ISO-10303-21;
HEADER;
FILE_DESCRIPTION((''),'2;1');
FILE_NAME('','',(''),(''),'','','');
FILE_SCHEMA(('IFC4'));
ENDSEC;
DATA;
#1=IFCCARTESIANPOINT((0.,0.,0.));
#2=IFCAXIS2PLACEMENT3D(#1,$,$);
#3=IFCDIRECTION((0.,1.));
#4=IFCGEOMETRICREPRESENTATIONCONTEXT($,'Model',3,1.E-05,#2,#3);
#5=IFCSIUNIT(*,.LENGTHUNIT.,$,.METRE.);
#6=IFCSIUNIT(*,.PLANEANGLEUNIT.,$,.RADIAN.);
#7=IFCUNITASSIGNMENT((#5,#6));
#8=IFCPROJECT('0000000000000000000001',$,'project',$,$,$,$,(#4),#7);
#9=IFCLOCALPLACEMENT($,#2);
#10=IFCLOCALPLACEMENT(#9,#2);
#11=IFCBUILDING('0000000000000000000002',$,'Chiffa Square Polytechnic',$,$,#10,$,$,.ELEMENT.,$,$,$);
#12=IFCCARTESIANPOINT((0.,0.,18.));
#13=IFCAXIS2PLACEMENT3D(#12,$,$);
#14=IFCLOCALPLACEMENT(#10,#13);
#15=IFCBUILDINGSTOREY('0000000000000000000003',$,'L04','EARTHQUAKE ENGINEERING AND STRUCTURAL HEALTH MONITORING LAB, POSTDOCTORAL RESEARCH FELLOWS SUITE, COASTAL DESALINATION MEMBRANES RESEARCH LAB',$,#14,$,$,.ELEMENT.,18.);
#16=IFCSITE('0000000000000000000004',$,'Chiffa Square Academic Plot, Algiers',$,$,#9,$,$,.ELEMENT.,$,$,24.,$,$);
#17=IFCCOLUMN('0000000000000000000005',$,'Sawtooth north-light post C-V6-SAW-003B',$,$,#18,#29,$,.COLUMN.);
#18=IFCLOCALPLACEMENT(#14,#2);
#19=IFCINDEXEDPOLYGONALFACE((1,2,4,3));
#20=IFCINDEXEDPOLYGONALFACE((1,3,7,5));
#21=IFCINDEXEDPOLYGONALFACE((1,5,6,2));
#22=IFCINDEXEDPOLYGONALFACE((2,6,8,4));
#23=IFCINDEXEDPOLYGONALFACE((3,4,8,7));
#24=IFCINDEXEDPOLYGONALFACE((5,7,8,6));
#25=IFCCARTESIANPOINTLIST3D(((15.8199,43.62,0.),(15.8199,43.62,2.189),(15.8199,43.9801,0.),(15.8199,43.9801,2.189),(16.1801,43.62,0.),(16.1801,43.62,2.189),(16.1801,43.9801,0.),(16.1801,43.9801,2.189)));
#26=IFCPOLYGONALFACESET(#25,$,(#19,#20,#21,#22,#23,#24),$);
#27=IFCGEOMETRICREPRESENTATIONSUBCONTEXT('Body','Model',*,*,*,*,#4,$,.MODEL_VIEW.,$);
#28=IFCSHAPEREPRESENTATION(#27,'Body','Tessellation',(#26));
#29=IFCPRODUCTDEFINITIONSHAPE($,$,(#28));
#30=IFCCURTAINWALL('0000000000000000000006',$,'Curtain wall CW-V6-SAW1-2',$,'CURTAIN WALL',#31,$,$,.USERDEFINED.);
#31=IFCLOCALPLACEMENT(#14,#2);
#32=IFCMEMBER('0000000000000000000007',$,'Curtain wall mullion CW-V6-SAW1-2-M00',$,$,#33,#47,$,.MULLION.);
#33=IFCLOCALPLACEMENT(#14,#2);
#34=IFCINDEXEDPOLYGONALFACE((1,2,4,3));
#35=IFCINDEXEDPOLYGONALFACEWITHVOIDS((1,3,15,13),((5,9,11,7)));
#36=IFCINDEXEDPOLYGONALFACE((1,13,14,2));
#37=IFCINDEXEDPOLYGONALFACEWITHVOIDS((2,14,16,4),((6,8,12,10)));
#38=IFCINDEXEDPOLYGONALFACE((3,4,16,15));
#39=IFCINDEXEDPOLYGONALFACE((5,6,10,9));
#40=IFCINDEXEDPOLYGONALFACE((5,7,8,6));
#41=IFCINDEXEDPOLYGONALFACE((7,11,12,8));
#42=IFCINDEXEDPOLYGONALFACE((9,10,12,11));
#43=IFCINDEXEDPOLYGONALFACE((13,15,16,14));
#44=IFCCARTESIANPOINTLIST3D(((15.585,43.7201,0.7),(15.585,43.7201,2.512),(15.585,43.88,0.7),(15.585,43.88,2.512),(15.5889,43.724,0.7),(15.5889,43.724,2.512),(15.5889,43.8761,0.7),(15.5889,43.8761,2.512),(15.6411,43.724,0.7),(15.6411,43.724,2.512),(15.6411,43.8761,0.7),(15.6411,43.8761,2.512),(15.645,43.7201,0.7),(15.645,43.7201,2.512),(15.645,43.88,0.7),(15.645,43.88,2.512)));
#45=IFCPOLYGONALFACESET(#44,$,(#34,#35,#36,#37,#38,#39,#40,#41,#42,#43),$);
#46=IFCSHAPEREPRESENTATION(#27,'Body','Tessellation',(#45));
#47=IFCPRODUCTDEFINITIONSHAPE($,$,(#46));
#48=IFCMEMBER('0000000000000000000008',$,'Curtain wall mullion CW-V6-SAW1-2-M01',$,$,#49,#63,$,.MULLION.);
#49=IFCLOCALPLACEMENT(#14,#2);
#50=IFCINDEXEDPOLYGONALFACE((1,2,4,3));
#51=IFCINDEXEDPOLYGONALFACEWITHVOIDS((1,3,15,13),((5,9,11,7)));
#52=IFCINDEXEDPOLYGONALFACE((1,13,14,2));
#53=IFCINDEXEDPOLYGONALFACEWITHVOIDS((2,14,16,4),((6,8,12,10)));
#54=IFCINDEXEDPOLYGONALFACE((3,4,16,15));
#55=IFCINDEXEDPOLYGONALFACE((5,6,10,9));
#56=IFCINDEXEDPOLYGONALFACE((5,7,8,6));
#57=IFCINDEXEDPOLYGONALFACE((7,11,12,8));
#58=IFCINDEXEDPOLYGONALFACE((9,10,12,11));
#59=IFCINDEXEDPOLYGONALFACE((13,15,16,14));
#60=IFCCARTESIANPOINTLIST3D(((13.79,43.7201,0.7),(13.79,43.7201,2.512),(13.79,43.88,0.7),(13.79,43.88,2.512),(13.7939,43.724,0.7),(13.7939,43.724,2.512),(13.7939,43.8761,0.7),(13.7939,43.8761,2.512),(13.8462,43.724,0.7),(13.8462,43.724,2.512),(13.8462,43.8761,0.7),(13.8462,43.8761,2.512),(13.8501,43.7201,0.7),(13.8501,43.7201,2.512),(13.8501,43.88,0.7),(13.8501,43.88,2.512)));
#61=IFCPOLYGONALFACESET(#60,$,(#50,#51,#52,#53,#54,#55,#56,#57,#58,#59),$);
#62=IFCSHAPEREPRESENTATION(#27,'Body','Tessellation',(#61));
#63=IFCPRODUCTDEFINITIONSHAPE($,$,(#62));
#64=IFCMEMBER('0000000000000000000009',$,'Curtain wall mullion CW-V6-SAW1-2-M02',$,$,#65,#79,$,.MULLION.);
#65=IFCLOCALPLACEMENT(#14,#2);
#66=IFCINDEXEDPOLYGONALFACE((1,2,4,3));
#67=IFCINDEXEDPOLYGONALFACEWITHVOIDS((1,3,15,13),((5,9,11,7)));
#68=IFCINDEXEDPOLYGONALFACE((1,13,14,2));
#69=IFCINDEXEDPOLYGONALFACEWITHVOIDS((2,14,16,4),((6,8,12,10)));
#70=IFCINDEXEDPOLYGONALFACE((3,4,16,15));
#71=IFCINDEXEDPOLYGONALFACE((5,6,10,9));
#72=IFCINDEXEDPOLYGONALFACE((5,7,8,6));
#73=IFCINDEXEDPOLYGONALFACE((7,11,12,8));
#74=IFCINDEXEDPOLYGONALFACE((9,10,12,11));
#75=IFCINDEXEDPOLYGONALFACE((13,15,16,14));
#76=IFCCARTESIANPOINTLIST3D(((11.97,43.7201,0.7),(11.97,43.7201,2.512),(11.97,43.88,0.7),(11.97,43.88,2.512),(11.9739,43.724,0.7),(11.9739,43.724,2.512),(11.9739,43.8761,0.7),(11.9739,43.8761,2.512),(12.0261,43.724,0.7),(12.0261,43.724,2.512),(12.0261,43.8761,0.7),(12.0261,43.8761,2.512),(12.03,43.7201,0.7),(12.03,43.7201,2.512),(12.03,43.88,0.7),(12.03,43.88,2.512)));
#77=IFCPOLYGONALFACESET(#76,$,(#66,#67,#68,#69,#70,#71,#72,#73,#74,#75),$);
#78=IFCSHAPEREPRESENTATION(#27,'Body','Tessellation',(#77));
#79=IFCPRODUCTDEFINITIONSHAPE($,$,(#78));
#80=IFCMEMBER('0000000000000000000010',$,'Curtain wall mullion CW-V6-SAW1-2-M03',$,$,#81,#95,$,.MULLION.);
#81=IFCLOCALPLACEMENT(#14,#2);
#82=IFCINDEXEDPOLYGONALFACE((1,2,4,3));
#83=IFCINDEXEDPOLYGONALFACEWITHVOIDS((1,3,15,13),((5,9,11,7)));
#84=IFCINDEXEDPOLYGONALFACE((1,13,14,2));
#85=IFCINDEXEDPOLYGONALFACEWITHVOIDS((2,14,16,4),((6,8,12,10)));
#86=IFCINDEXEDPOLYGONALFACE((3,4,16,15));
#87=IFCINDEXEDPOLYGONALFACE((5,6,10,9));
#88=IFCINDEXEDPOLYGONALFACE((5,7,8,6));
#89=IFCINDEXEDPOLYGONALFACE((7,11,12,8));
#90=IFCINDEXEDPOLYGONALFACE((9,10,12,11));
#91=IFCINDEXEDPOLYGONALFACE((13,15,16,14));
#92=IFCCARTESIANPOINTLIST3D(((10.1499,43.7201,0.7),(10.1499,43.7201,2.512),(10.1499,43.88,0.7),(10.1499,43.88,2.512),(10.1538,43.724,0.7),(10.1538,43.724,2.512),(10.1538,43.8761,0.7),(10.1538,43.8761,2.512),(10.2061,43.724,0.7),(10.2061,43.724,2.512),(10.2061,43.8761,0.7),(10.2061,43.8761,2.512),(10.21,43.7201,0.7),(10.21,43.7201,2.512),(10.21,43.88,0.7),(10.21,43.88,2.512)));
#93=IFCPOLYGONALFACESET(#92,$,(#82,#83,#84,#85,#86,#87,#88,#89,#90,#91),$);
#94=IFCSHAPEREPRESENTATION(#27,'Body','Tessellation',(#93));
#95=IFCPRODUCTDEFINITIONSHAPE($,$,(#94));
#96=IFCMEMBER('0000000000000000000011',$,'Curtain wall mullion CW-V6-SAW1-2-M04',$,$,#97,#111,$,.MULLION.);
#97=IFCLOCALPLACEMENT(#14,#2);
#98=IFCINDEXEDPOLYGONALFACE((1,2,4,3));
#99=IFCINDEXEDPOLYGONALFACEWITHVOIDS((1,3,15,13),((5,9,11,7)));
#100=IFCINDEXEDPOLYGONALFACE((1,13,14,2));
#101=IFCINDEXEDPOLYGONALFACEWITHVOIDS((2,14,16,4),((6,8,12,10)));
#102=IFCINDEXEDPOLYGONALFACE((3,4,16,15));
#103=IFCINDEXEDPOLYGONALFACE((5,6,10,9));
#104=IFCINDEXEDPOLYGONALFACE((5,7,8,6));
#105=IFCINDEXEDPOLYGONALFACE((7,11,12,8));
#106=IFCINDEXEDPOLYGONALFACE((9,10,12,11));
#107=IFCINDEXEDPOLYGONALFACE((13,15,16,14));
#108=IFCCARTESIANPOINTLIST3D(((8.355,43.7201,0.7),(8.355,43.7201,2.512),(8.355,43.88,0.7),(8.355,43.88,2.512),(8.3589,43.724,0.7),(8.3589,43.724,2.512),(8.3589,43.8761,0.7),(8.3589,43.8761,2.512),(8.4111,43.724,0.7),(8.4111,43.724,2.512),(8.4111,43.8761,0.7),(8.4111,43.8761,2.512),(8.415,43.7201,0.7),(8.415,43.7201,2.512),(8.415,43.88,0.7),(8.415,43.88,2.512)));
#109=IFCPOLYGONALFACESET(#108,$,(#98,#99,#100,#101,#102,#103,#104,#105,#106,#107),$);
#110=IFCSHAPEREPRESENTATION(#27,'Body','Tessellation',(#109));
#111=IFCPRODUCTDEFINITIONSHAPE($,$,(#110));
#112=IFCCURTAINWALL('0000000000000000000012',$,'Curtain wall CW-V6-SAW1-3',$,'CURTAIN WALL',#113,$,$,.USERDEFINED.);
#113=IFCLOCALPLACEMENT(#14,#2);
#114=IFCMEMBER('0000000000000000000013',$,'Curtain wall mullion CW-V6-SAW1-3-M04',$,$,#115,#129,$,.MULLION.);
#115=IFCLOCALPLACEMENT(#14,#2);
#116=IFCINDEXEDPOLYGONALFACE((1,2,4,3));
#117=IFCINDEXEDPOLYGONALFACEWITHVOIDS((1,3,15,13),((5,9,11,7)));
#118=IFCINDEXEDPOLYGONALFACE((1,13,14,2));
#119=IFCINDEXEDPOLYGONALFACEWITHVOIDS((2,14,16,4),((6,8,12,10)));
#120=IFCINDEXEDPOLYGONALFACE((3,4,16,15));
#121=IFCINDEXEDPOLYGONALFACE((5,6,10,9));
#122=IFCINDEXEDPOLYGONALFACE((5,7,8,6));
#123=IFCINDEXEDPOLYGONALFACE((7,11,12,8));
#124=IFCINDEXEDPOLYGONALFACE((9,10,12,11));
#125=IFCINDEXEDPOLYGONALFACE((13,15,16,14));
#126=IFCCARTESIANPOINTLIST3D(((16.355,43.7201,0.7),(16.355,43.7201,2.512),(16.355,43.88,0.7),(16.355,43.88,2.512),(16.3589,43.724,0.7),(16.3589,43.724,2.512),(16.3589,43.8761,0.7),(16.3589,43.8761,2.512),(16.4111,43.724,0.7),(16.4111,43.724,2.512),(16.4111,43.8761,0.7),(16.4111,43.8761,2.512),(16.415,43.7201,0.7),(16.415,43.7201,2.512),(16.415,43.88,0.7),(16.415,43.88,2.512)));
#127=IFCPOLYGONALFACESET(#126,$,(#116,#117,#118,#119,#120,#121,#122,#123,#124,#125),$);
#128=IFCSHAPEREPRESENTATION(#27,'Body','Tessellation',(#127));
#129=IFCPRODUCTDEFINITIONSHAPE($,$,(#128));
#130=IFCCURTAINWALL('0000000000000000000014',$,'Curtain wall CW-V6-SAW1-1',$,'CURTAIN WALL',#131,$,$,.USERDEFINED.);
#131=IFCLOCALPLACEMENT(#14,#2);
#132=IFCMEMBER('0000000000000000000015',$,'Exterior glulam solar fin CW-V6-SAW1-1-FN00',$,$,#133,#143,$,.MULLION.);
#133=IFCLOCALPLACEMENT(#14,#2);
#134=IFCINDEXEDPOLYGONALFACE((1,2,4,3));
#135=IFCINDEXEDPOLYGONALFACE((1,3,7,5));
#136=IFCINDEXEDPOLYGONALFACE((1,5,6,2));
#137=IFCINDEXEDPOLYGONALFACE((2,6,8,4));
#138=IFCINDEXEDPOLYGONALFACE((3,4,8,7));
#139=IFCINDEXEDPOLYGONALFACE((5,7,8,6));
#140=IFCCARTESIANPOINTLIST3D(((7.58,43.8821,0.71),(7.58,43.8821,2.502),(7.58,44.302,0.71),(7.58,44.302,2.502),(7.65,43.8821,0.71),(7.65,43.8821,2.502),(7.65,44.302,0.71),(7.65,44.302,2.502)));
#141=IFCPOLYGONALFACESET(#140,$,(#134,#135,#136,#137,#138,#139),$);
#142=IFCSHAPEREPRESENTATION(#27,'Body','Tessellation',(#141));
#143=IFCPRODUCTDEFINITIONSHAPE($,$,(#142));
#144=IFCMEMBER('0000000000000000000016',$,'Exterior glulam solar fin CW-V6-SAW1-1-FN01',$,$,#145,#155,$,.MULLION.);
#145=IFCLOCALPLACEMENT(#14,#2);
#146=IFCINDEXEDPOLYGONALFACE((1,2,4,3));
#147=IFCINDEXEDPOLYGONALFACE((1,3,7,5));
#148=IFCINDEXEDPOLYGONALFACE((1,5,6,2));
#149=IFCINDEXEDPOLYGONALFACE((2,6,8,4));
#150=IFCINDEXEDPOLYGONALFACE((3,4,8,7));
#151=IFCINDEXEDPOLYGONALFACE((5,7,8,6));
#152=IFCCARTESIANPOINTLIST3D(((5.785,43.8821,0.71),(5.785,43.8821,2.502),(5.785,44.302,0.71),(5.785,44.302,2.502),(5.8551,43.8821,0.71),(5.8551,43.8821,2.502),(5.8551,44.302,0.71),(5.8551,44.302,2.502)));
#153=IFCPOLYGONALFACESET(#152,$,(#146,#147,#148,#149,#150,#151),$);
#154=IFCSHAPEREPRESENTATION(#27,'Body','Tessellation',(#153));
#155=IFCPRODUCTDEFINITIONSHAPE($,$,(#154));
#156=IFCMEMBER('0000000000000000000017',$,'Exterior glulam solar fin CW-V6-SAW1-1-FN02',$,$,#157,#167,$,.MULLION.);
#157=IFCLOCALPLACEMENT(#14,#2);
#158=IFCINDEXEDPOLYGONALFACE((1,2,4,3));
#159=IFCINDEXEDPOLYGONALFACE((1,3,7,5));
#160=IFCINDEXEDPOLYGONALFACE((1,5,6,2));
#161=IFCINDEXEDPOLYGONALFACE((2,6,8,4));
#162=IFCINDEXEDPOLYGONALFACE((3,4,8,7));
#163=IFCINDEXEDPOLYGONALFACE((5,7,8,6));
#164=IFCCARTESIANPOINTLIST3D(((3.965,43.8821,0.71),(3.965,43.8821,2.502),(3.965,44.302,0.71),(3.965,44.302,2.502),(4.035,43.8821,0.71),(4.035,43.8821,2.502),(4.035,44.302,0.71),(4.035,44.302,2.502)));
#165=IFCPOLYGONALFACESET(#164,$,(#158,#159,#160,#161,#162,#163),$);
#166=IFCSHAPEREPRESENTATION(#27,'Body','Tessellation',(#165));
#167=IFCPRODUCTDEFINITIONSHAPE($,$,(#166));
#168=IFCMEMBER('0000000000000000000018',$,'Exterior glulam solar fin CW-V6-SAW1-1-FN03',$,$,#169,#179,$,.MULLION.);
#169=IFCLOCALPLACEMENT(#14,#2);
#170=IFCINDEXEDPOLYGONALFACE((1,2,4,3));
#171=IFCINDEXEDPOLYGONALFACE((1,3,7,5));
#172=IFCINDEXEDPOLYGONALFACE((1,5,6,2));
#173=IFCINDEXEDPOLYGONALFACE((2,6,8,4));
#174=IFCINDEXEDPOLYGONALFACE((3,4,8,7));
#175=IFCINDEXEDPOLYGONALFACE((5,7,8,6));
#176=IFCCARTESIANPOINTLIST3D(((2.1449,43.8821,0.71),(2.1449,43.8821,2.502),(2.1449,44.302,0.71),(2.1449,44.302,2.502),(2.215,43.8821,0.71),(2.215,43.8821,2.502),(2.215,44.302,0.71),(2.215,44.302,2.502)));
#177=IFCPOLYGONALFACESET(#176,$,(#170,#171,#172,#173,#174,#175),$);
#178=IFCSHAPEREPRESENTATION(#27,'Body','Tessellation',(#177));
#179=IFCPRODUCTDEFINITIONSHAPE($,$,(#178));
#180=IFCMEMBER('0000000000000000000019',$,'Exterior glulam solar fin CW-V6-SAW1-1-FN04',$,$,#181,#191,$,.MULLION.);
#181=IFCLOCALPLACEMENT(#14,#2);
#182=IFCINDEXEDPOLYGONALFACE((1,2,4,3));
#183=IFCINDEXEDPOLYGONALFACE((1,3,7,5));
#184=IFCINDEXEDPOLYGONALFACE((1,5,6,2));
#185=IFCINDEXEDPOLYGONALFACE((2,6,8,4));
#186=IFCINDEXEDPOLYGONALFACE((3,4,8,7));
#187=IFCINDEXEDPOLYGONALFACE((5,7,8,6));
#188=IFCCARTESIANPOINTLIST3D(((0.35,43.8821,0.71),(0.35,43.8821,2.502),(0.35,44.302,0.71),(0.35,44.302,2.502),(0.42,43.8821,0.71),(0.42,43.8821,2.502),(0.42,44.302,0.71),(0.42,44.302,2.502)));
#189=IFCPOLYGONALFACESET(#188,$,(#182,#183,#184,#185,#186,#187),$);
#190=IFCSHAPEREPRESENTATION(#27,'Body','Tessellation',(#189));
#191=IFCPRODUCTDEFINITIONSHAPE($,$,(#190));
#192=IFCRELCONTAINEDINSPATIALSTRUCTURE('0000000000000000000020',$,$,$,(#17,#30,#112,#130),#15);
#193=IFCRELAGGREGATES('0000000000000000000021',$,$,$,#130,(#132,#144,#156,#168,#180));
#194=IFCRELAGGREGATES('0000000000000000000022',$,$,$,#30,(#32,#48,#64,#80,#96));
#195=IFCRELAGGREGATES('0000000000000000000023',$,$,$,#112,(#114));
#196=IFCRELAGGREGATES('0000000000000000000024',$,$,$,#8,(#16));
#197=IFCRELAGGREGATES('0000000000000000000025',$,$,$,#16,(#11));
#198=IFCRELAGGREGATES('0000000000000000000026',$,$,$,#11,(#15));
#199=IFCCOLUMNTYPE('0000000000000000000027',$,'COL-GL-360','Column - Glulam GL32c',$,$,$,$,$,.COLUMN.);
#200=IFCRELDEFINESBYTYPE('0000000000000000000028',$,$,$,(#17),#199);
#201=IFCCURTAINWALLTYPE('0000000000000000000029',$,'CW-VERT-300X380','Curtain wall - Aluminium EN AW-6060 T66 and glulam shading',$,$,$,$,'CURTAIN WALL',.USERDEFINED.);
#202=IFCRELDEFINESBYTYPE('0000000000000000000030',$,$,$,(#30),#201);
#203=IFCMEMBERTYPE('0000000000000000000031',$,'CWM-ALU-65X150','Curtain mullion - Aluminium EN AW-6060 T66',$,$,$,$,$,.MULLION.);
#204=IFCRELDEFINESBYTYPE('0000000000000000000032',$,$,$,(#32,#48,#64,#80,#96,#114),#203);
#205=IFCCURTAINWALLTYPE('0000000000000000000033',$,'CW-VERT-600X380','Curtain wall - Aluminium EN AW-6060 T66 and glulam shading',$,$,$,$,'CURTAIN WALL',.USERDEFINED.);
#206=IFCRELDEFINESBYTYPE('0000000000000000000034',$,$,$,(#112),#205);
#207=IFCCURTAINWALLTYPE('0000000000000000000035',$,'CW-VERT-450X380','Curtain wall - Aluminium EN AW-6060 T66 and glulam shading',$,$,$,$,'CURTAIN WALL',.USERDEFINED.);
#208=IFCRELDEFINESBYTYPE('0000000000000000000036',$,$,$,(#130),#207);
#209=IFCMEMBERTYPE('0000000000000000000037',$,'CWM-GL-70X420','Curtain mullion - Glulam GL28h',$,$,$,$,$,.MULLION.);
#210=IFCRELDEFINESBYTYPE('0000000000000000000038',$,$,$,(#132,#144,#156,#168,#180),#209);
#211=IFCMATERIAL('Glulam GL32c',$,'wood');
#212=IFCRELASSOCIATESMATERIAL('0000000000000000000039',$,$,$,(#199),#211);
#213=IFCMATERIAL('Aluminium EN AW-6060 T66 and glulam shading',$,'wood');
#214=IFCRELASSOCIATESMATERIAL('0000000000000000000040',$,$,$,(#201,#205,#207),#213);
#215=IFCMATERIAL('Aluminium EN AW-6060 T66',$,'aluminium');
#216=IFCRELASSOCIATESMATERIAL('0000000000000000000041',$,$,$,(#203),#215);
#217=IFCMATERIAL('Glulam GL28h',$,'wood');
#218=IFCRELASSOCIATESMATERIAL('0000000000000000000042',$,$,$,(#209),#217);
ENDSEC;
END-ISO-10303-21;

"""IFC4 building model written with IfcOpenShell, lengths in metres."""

from ifc_helpers import new_model, si_unit, direction, frame, origin, origin_2d, place, context, subcontext, project, spatial, rectangle, hollow_rectangle, extrude, material, material_profile, profile_set, type_object, element, aggregate, save


model = new_model("IFC4")

# Units and contexts
model_context = context("Model", 3, precision=1e-05, world=origin(), true_north=direction((0.0, 1.0)))
body_context = subcontext(model_context, "Body", "Model", "MODEL_VIEW")
ifc_project = project(units=[si_unit("LENGTHUNIT", "METRE"), si_unit("PLANEANGLEUNIT", "RADIAN")], contexts=[model_context])

# Site, building, storey
site_placement = place(None, origin())
site = spatial("IfcSite", under=ifc_project, at=site_placement, Name="Chiffa Square Academic Plot, Algiers", CompositionType="ELEMENT", RefElevation=24.0)
building_placement = place(site_placement, origin())
building = spatial("IfcBuilding", under=site, at=building_placement, Name="Chiffa Square Polytechnic", CompositionType="ELEMENT")
storey_placement = place(building_placement, frame((0.0, 0.0, 18.0)))
storey = spatial("IfcBuildingStorey", under=building, at=storey_placement, Name="L04", Description="EARTHQUAKE ENGINEERING AND STRUCTURAL HEALTH MONITORING LAB, POSTDOCTORAL RESEARCH FELLOWS SUITE, COASTAL DESALINATION MEMBRANES RESEARCH LAB", CompositionType="ELEMENT", Elevation=18.0)

# Column
ifc_material_1 = material(Name="Glulam GL32c", Category="wood")
ifc_material_profile_1 = material_profile(ifc_material_1, rectangle(XDim=0.3601, YDim=0.3601, at=origin_2d()), Name="GL32c 360x360")
ifc_profile_set_1 = profile_set([ifc_material_profile_1], Name="Glulam GL32c")
column_type = type_object("IfcColumnType", Name="COL-GL-360", Description="Column - Glulam GL32c", PredefinedType="COLUMN", material=ifc_profile_set_1)
column_placement = place(storey_placement, frame((16.0, 43.8, 0.0), z_axis=(0.0, 0.0, 1.0), x_axis=(1.0, 0.0, 0.0)))
element("IfcColumn", 1, at=column_placement, inside=storey, type_object=column_type, Name="Sawtooth north-light post C-V6-SAW-003B", PredefinedType="COLUMN", context=body_context, shape_type="SweptSolid", body=[
    extrude(rectangle(XDim=0.3601, YDim=0.3601, at=origin_2d()), origin(), (0.0, 0.0, 1.0), 2.189),
])

# Curtain wall, members
ifc_material_2 = material(Name="Aluminium EN AW-6060 T66 and glulam shading", Category="wood")
curtain_wall_type_1 = type_object("IfcCurtainWallType", Name="CW-VERT-300X380", Description="Curtain wall - Aluminium EN AW-6060 T66 and glulam shading", ElementType="CURTAIN WALL", PredefinedType="USERDEFINED", material=ifc_material_2)
curtain_wall_1_placement = place(storey_placement, origin())
curtain_wall_1 = element("IfcCurtainWall", 2, at=curtain_wall_1_placement, inside=storey, type_object=curtain_wall_type_1, Name="Curtain wall CW-V6-SAW1-2", ObjectType="CURTAIN WALL", PredefinedType="USERDEFINED")
ifc_material_3 = material(Name="Aluminium EN AW-6060 T66", Category="aluminium")
ifc_material_profile_2 = material_profile(ifc_material_3, hollow_rectangle(XDim=0.0601, YDim=0.1599, WallThickness=0.0039, at=origin_2d()), Name="ALU 60x160x4")
ifc_profile_set_2 = profile_set([ifc_material_profile_2], Name="Aluminium EN AW-6060 T66")
member_type_1 = type_object("IfcMemberType", Name="CWM-ALU-65X150", Description="Curtain mullion - Aluminium EN AW-6060 T66", PredefinedType="MULLION", material=ifc_profile_set_2)
member_1_placement = place(storey_placement, frame((15.615, 43.8, 0.7), z_axis=(0.0, 0.0, 1.0), x_axis=(1.0, 0.0, 0.0)))
member_1 = element("IfcMember", 3, at=member_1_placement, type_object=member_type_1, Name="Curtain wall mullion CW-V6-SAW1-2-M00", PredefinedType="MULLION", context=body_context, shape_type="SweptSolid", body=[
    extrude(hollow_rectangle(XDim=0.0601, YDim=0.1599, WallThickness=0.0039, at=origin_2d()), origin(), (0.0, 0.0, 1.0), 1.812),
])
member_2_placement = place(storey_placement, frame((13.8201, 43.8, 0.7), z_axis=(0.0, 0.0, 1.0), x_axis=(1.0, 0.0, 0.0)))
member_2 = element("IfcMember", 4, at=member_2_placement, type_object=member_type_1, Name="Curtain wall mullion CW-V6-SAW1-2-M01", PredefinedType="MULLION", context=body_context, shape_type="SweptSolid", body=[
    extrude(hollow_rectangle(XDim=0.0601, YDim=0.1599, WallThickness=0.0039, at=origin_2d()), origin(), (0.0, 0.0, 1.0), 1.812),
])
member_3_placement = place(storey_placement, frame((12.0, 43.8, 0.7), z_axis=(0.0, 0.0, 1.0), x_axis=(1.0, 0.0, 0.0)))
member_3 = element("IfcMember", 5, at=member_3_placement, type_object=member_type_1, Name="Curtain wall mullion CW-V6-SAW1-2-M02", PredefinedType="MULLION", context=body_context, shape_type="SweptSolid", body=[
    extrude(hollow_rectangle(XDim=0.0601, YDim=0.1599, WallThickness=0.0039, at=origin_2d()), origin(), (0.0, 0.0, 1.0), 1.812),
])
member_4_placement = place(storey_placement, frame((10.1799, 43.8, 0.7), z_axis=(0.0, 0.0, 1.0), x_axis=(1.0, 0.0, 0.0)))
member_4 = element("IfcMember", 6, at=member_4_placement, type_object=member_type_1, Name="Curtain wall mullion CW-V6-SAW1-2-M03", PredefinedType="MULLION", context=body_context, shape_type="SweptSolid", body=[
    extrude(hollow_rectangle(XDim=0.0601, YDim=0.1599, WallThickness=0.0039, at=origin_2d()), origin(), (0.0, 0.0, 1.0), 1.812),
])
member_5_placement = place(storey_placement, frame((8.385, 43.8, 0.7), z_axis=(0.0, 0.0, 1.0), x_axis=(1.0, 0.0, 0.0)))
member_5 = element("IfcMember", 7, at=member_5_placement, type_object=member_type_1, Name="Curtain wall mullion CW-V6-SAW1-2-M04", PredefinedType="MULLION", context=body_context, shape_type="SweptSolid", body=[
    extrude(hollow_rectangle(XDim=0.0601, YDim=0.1599, WallThickness=0.0039, at=origin_2d()), origin(), (0.0, 0.0, 1.0), 1.812),
])

# Curtain wall, member
curtain_wall_type_2 = type_object("IfcCurtainWallType", Name="CW-VERT-600X380", Description="Curtain wall - Aluminium EN AW-6060 T66 and glulam shading", ElementType="CURTAIN WALL", PredefinedType="USERDEFINED", material=ifc_material_2)
curtain_wall_2_placement = place(storey_placement, origin())
curtain_wall_2 = element("IfcCurtainWall", 8, at=curtain_wall_2_placement, inside=storey, type_object=curtain_wall_type_2, Name="Curtain wall CW-V6-SAW1-3", ObjectType="CURTAIN WALL", PredefinedType="USERDEFINED")
member_6_placement = place(storey_placement, frame((16.385, 43.8, 0.7), z_axis=(0.0, 0.0, 1.0), x_axis=(1.0, 0.0, 0.0)))
member_6 = element("IfcMember", 9, at=member_6_placement, type_object=member_type_1, Name="Curtain wall mullion CW-V6-SAW1-3-M04", PredefinedType="MULLION", context=body_context, shape_type="SweptSolid", body=[
    extrude(hollow_rectangle(XDim=0.0601, YDim=0.1599, WallThickness=0.0039, at=origin_2d()), origin(), (0.0, 0.0, 1.0), 1.812),
])

# Curtain wall, members
curtain_wall_type_3 = type_object("IfcCurtainWallType", Name="CW-VERT-450X380", Description="Curtain wall - Aluminium EN AW-6060 T66 and glulam shading", ElementType="CURTAIN WALL", PredefinedType="USERDEFINED", material=ifc_material_2)
curtain_wall_3_placement = place(storey_placement, origin())
curtain_wall_3 = element("IfcCurtainWall", 10, at=curtain_wall_3_placement, inside=storey, type_object=curtain_wall_type_3, Name="Curtain wall CW-V6-SAW1-1", ObjectType="CURTAIN WALL", PredefinedType="USERDEFINED")
ifc_material_4 = material(Name="Glulam GL28h", Category="wood")
ifc_material_profile_3 = material_profile(ifc_material_4, rectangle(XDim=0.0701, YDim=0.4199, at=origin_2d()), Name="GL28h 70x420")
ifc_profile_set_3 = profile_set([ifc_material_profile_3], Name="Glulam GL28h")
member_type_2 = type_object("IfcMemberType", Name="CWM-GL-70X420", Description="Curtain mullion - Glulam GL28h", PredefinedType="MULLION", material=ifc_profile_set_3)
member_7_placement = place(storey_placement, frame((7.615, 44.092, 0.71), z_axis=(0.0, 0.0, 1.0), x_axis=(-1.0, 0.0, 0.0)))
member_7 = element("IfcMember", 11, at=member_7_placement, type_object=member_type_2, Name="Exterior glulam solar fin CW-V6-SAW1-1-FN00", PredefinedType="MULLION", context=body_context, shape_type="SweptSolid", body=[
    extrude(rectangle(XDim=0.0701, YDim=0.4199, at=origin_2d()), origin(), (0.0, 0.0, 1.0), 1.792),
])
member_8_placement = place(storey_placement, frame((5.8201, 44.092, 0.71), z_axis=(0.0, 0.0, 1.0), x_axis=(-1.0, 0.0, 0.0)))
member_8 = element("IfcMember", 12, at=member_8_placement, type_object=member_type_2, Name="Exterior glulam solar fin CW-V6-SAW1-1-FN01", PredefinedType="MULLION", context=body_context, shape_type="SweptSolid", body=[
    extrude(rectangle(XDim=0.0701, YDim=0.4199, at=origin_2d()), origin(), (0.0, 0.0, 1.0), 1.792),
])
member_9_placement = place(storey_placement, frame((4.0, 44.092, 0.71), z_axis=(0.0, 0.0, 1.0), x_axis=(-1.0, 0.0, 0.0)))
member_9 = element("IfcMember", 13, at=member_9_placement, type_object=member_type_2, Name="Exterior glulam solar fin CW-V6-SAW1-1-FN02", PredefinedType="MULLION", context=body_context, shape_type="SweptSolid", body=[
    extrude(rectangle(XDim=0.0701, YDim=0.4199, at=origin_2d()), origin(), (0.0, 0.0, 1.0), 1.792),
])
member_10_placement = place(storey_placement, frame((2.1799, 44.092, 0.71), z_axis=(0.0, 0.0, 1.0), x_axis=(-1.0, 0.0, 0.0)))
member_10 = element("IfcMember", 14, at=member_10_placement, type_object=member_type_2, Name="Exterior glulam solar fin CW-V6-SAW1-1-FN03", PredefinedType="MULLION", context=body_context, shape_type="SweptSolid", body=[
    extrude(rectangle(XDim=0.0701, YDim=0.4199, at=origin_2d()), origin(), (0.0, 0.0, 1.0), 1.792),
])
member_11_placement = place(storey_placement, frame((0.385, 44.092, 0.71), z_axis=(0.0, 0.0, 1.0), x_axis=(-1.0, 0.0, 0.0)))
member_11 = element("IfcMember", 15, at=member_11_placement, type_object=member_type_2, Name="Exterior glulam solar fin CW-V6-SAW1-1-FN04", PredefinedType="MULLION", context=body_context, shape_type="SweptSolid", body=[
    extrude(rectangle(XDim=0.0701, YDim=0.4199, at=origin_2d()), origin(), (0.0, 0.0, 1.0), 1.792),
])
aggregate(curtain_wall_3, [member_7, member_8, member_9, member_10, member_11])

aggregate(curtain_wall_1, [member_1, member_2, member_3, member_4, member_5])
aggregate(curtain_wall_2, [member_6])

save(model, "model.ifc")
